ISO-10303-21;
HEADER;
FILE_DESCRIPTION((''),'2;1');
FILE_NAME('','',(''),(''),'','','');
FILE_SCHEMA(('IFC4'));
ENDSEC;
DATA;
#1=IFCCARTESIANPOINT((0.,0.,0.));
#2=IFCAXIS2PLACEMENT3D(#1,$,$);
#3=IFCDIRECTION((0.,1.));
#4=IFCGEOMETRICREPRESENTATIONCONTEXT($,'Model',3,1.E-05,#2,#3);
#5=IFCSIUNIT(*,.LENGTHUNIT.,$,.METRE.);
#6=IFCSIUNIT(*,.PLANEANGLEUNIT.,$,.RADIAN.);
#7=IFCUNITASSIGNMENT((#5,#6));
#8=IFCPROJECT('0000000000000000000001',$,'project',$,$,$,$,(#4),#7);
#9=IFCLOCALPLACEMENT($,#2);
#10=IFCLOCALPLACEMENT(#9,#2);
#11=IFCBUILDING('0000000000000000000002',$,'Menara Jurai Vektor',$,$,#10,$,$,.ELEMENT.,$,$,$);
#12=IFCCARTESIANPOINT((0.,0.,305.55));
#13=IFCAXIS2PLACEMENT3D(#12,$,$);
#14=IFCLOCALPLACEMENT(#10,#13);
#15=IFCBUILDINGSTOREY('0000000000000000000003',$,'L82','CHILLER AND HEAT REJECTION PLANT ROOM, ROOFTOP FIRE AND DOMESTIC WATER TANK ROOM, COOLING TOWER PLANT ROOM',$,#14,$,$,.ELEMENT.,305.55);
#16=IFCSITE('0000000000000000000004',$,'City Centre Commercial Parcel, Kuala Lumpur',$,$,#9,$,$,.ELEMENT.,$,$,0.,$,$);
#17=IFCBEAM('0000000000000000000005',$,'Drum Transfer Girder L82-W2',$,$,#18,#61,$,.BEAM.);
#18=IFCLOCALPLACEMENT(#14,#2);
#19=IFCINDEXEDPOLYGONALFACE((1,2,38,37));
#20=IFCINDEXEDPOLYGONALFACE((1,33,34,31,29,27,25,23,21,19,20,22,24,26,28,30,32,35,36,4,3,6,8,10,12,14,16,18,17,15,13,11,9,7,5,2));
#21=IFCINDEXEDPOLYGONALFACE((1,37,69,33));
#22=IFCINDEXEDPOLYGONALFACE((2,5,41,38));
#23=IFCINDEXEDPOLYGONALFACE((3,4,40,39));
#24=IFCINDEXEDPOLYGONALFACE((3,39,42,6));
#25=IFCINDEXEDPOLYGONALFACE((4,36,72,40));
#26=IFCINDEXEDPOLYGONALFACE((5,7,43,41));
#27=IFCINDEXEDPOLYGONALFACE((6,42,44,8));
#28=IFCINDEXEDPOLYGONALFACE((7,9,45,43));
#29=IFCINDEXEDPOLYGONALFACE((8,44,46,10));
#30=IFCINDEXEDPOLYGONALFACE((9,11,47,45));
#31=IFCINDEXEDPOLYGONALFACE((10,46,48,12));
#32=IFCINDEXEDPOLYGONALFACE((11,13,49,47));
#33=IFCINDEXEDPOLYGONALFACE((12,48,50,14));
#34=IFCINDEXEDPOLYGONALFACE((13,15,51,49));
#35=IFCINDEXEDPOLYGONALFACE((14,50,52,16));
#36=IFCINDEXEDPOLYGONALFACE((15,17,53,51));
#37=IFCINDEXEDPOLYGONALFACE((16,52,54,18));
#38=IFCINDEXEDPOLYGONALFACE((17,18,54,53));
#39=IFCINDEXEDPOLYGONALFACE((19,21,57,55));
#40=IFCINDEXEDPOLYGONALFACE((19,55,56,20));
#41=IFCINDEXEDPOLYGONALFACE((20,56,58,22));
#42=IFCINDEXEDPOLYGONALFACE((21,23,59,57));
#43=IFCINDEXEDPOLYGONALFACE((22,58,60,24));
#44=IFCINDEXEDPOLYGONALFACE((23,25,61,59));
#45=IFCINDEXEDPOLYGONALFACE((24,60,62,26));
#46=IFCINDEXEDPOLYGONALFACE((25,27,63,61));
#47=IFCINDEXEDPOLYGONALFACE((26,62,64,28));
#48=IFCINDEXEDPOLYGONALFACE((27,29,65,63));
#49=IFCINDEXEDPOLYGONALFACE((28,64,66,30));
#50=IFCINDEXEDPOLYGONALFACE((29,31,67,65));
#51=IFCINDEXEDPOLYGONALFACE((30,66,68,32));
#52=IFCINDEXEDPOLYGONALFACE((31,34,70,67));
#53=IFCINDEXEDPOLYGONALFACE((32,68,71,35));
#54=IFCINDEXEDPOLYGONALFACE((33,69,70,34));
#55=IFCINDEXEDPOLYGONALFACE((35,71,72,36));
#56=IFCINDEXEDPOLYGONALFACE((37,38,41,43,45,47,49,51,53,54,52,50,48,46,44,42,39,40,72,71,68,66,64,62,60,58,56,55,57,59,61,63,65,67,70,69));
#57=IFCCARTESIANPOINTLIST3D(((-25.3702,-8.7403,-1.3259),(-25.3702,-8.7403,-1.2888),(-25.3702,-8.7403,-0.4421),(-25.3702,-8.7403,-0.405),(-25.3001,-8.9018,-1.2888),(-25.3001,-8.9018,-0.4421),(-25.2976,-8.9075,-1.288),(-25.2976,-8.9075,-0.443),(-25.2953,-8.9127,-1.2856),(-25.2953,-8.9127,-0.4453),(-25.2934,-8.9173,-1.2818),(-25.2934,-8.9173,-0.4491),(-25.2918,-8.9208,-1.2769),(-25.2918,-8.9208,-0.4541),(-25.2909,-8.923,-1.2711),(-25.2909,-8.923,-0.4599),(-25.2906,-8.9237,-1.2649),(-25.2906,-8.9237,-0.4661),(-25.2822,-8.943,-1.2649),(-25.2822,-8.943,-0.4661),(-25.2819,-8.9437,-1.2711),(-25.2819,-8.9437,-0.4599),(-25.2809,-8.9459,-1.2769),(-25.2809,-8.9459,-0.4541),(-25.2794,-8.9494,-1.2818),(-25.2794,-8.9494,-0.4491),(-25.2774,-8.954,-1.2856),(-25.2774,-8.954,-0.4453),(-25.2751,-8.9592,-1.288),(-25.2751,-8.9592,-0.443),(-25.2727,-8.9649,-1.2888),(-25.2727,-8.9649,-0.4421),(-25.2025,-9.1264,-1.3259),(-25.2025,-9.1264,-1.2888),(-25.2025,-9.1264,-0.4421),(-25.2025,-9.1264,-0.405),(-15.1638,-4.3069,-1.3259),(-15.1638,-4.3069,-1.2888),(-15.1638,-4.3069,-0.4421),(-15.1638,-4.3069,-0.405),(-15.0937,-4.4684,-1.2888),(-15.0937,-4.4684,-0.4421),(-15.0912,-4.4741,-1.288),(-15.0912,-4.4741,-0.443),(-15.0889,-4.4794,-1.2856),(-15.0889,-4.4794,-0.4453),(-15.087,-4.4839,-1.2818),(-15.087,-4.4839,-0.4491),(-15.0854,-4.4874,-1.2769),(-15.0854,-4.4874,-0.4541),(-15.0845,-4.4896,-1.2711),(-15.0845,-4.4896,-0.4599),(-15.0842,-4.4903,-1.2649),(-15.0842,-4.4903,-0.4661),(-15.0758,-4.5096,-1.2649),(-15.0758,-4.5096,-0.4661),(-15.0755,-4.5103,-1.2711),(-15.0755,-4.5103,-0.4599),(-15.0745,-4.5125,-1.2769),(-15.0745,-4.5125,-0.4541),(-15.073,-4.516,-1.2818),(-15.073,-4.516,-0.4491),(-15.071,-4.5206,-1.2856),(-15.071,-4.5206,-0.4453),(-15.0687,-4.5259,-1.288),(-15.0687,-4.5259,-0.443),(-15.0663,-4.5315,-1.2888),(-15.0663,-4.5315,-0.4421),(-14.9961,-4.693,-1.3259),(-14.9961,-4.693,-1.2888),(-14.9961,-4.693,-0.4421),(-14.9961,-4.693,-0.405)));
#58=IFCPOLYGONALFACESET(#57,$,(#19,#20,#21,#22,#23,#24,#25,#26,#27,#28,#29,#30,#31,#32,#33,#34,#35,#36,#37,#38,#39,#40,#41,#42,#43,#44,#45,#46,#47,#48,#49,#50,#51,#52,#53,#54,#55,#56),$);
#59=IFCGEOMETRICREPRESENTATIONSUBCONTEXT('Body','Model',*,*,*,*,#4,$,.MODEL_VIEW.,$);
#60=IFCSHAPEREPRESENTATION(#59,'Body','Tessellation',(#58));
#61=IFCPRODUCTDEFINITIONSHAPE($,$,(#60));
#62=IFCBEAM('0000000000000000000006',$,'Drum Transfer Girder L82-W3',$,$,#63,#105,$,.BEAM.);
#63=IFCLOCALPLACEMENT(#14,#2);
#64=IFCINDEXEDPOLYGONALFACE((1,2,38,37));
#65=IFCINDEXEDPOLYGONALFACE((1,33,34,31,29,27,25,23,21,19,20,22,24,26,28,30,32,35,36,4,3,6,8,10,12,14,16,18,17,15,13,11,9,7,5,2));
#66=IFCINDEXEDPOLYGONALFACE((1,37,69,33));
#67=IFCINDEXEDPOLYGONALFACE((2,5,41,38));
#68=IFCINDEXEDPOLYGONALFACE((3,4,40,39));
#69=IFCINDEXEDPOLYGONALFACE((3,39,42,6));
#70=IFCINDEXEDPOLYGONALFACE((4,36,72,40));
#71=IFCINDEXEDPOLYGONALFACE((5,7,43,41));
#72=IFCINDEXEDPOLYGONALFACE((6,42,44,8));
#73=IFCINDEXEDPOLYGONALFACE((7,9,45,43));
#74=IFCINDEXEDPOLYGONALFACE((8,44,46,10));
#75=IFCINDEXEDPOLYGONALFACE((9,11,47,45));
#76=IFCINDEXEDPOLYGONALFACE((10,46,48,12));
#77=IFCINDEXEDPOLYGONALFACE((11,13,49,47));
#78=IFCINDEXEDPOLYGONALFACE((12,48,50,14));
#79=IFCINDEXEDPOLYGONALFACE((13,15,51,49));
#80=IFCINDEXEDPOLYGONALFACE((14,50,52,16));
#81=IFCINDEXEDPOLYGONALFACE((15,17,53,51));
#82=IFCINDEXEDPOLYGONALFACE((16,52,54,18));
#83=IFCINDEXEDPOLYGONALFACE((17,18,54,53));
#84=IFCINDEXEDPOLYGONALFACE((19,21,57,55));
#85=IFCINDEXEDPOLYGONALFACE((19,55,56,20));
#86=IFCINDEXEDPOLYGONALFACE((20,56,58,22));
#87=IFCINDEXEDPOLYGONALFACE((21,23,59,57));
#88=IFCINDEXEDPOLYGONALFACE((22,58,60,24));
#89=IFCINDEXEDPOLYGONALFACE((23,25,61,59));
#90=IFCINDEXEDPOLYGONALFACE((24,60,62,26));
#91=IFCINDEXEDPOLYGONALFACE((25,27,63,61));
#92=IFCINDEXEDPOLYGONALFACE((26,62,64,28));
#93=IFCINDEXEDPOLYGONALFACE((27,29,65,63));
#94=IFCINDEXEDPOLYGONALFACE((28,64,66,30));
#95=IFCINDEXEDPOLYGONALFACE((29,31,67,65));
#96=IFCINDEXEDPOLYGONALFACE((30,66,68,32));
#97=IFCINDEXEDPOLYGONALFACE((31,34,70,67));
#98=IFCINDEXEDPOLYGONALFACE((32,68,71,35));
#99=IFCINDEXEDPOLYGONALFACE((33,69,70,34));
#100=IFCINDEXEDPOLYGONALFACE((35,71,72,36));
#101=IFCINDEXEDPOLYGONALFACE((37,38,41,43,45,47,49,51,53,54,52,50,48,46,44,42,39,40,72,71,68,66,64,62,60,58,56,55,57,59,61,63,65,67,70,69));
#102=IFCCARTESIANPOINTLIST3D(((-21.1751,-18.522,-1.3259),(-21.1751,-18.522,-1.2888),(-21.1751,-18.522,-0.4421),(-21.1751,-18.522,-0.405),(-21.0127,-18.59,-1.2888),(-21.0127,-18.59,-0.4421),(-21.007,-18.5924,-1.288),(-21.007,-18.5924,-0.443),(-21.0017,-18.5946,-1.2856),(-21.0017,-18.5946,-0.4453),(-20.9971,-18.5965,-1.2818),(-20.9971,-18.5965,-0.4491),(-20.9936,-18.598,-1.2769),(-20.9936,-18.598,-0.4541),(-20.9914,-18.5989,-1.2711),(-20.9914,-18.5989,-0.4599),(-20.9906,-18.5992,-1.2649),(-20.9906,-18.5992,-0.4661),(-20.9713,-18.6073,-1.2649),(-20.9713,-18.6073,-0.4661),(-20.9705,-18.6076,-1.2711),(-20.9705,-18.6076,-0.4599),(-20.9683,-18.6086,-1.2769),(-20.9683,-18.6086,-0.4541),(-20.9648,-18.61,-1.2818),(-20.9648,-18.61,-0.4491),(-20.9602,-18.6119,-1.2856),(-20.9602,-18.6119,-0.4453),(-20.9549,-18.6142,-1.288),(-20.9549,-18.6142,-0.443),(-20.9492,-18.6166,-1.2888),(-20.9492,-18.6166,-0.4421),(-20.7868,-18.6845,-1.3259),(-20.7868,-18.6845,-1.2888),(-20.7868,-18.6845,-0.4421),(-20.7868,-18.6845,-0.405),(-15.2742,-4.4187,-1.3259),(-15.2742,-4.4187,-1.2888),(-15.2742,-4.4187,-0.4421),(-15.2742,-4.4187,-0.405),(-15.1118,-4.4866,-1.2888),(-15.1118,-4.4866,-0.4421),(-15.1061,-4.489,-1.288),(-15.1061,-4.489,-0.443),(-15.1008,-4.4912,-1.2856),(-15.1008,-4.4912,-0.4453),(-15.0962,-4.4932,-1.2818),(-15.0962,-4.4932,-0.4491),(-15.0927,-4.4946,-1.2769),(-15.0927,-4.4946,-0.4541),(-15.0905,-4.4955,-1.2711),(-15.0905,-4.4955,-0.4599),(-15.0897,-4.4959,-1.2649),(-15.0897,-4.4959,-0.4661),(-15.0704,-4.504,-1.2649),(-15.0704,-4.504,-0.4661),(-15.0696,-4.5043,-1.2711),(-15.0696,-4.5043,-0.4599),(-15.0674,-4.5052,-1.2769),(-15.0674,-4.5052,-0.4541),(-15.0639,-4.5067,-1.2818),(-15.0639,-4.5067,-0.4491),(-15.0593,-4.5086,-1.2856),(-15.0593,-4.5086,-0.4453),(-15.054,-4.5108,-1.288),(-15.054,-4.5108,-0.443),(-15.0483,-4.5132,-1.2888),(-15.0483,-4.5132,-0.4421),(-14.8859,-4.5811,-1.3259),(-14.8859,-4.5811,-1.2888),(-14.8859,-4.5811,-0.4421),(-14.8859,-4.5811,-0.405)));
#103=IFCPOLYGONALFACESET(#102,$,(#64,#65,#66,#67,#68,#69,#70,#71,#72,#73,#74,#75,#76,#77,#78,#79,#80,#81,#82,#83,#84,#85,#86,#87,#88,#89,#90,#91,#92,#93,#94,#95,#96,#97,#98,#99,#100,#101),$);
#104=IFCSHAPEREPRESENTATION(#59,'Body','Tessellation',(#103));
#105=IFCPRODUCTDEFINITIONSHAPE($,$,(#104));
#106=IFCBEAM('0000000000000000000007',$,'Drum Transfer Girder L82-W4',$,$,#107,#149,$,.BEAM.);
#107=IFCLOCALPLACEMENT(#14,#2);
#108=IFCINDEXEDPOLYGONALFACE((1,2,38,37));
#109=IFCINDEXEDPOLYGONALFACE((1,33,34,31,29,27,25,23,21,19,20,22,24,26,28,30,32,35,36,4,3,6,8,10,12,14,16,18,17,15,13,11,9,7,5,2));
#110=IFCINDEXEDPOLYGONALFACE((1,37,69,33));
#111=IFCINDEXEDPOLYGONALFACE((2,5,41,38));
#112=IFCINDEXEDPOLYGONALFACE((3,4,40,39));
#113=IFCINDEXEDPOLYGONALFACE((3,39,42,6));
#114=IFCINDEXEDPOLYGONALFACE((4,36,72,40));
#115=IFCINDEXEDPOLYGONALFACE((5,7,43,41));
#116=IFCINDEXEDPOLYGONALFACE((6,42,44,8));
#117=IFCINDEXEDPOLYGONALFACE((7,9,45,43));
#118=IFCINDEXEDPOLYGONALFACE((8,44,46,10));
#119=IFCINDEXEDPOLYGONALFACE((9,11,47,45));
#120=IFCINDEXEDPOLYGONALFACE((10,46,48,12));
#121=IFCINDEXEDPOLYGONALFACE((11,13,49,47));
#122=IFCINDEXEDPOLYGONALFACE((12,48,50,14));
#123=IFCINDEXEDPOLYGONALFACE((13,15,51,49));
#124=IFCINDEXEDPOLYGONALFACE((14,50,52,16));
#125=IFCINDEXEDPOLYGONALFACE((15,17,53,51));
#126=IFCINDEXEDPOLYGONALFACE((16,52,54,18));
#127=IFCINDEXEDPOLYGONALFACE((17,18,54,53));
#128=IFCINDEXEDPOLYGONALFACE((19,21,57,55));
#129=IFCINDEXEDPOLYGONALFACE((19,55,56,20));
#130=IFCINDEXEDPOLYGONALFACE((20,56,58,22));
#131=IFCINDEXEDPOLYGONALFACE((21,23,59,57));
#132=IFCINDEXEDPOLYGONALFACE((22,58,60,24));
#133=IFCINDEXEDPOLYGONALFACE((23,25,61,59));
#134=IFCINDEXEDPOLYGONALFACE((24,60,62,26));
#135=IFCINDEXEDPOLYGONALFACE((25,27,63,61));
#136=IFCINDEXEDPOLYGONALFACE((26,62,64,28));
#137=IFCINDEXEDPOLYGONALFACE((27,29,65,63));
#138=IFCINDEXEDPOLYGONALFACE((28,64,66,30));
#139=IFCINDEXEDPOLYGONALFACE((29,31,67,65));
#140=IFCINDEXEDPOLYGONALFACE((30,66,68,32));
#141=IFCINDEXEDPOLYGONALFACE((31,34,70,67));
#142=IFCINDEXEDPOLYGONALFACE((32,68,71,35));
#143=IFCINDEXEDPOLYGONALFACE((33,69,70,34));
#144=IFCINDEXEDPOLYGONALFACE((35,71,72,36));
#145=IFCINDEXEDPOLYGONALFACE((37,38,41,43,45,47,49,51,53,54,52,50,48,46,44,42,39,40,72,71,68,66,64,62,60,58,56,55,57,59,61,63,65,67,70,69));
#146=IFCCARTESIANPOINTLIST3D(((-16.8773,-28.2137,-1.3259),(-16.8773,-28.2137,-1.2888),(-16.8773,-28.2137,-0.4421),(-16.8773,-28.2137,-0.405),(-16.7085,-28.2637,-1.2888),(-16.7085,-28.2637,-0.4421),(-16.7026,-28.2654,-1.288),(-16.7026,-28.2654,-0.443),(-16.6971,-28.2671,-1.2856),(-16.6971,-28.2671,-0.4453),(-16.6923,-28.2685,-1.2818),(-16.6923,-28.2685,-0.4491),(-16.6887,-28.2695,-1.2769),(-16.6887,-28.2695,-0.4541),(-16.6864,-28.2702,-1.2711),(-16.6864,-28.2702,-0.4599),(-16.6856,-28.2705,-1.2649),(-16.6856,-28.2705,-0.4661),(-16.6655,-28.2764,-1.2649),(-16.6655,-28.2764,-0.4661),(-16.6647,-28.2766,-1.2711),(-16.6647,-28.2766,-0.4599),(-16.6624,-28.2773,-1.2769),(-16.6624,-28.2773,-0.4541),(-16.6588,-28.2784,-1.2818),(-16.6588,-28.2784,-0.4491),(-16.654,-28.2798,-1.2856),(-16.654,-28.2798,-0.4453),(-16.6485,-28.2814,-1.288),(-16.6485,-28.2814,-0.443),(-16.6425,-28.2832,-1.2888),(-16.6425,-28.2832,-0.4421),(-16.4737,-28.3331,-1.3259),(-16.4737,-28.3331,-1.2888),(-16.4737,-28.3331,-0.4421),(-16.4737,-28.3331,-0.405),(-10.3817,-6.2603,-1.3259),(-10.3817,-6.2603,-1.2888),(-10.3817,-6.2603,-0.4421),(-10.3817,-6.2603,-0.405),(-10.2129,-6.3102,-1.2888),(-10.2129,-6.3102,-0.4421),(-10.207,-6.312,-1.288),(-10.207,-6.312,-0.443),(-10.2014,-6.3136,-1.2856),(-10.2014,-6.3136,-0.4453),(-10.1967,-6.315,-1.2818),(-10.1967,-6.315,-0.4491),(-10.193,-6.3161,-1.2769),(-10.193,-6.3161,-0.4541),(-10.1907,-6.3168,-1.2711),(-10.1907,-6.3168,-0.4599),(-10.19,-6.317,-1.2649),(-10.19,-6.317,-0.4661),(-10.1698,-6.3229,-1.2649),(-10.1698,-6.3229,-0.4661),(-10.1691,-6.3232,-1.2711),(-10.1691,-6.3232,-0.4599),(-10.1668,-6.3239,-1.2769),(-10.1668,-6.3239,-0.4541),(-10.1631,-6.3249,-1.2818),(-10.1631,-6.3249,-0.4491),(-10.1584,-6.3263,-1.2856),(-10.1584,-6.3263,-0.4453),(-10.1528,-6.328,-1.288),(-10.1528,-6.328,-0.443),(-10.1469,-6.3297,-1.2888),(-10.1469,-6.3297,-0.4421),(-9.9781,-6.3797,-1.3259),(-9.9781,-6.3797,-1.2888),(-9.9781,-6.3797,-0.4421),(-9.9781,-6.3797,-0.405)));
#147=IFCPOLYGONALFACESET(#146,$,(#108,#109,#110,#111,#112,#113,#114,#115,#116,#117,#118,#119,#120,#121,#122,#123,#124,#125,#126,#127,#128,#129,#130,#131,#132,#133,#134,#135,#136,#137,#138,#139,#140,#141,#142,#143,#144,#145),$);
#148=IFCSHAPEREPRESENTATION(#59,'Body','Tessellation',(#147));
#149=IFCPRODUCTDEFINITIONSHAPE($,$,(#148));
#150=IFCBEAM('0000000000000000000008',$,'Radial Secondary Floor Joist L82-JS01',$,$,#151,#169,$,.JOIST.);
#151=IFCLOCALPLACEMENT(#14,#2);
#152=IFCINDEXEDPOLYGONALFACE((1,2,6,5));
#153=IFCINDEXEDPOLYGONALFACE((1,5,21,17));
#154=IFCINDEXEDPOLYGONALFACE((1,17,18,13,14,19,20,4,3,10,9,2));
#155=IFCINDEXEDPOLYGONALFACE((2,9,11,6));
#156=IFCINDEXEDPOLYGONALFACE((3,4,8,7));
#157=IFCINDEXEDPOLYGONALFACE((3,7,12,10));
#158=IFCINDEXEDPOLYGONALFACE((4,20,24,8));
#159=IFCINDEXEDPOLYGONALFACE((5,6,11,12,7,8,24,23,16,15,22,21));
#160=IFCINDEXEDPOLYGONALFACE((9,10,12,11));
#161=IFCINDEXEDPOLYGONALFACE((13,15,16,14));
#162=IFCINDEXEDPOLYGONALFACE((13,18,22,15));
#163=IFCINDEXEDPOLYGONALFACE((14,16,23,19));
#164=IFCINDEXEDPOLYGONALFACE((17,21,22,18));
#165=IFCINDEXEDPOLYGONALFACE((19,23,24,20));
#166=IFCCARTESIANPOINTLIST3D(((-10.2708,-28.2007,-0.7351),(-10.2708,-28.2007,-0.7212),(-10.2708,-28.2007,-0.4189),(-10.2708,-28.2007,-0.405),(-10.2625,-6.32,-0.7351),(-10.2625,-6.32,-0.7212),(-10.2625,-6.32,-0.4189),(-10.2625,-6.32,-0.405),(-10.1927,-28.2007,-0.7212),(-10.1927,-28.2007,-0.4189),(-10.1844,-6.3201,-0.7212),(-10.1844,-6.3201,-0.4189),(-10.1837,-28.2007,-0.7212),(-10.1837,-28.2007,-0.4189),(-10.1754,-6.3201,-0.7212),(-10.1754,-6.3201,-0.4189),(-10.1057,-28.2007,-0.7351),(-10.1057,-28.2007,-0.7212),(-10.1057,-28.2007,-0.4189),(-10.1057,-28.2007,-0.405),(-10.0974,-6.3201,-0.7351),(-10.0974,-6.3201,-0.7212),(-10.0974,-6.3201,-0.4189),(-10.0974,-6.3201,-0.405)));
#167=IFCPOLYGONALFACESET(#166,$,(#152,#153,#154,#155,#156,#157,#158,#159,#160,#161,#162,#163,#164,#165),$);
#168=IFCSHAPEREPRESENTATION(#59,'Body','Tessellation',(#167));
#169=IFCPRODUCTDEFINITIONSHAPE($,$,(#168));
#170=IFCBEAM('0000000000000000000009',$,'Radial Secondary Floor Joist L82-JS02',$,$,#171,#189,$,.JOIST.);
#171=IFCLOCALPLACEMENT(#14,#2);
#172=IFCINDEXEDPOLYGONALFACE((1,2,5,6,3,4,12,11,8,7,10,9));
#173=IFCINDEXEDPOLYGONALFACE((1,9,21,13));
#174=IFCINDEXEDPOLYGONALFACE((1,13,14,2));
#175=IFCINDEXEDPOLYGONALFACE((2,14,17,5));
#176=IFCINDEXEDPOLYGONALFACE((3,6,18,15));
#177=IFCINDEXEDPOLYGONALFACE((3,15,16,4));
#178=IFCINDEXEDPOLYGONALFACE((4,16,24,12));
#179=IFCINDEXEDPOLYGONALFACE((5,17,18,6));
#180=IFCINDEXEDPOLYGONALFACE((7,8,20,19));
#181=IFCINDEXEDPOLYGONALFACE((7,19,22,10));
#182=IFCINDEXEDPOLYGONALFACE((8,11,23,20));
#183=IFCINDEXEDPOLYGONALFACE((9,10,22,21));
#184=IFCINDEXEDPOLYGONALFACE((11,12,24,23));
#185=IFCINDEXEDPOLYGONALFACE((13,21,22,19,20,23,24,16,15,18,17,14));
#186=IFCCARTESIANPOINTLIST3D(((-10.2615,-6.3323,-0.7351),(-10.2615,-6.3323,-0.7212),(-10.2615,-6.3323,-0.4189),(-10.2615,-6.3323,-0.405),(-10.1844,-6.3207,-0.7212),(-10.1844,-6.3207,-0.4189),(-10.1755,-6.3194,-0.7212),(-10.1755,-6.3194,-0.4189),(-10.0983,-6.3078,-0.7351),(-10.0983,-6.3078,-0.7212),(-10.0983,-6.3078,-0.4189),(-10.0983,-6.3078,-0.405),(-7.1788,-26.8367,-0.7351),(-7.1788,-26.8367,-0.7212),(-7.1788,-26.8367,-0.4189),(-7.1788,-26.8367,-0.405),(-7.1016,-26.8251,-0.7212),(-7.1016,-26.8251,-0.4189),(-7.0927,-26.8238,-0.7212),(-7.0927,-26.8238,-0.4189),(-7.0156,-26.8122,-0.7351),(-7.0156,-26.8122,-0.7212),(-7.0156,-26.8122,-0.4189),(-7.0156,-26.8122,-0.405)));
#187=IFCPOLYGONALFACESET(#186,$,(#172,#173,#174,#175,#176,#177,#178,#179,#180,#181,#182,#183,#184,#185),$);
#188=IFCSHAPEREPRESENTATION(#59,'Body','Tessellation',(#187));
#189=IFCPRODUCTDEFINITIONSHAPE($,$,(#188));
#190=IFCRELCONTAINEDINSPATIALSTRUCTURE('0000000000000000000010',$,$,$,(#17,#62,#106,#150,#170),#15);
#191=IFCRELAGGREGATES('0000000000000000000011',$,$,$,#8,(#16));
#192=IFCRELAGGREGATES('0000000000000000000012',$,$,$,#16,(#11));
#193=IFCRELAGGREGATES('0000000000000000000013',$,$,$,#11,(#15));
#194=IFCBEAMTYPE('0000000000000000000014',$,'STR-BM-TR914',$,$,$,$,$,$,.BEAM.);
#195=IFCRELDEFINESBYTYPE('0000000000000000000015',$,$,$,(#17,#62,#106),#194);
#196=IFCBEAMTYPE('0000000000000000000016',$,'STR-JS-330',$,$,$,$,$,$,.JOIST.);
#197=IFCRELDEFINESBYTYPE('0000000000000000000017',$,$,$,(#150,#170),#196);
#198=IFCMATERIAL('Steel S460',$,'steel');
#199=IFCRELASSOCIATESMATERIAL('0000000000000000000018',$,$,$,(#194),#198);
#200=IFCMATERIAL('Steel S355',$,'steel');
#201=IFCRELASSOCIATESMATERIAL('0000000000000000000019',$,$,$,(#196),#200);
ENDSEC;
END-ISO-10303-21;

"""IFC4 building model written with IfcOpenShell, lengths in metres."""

from ifc_helpers import new_model, si_unit, direction, frame, origin, origin_2d, place, context, subcontext, project, spatial, i_section, extrude, material, material_profile, profile_set, type_object, element, save


model = new_model("IFC4")

# Units and contexts
model_context = context("Model", 3, precision=1e-05, world=origin(), true_north=direction((0.0, 1.0)))
body_context = subcontext(model_context, "Body", "Model", "MODEL_VIEW")
ifc_project = project(units=[si_unit("LENGTHUNIT", "METRE"), si_unit("PLANEANGLEUNIT", "RADIAN")], contexts=[model_context])

# Site, building, storey
site_placement = place(None, origin())
site = spatial("IfcSite", under=ifc_project, at=site_placement, Name="City Centre Commercial Parcel, Kuala Lumpur", CompositionType="ELEMENT", RefElevation=0.0)
building_placement = place(site_placement, origin())
building = spatial("IfcBuilding", under=site, at=building_placement, Name="Menara Jurai Vektor", CompositionType="ELEMENT")
storey_placement = place(building_placement, frame((0.0, 0.0, 305.55)))
storey = spatial("IfcBuildingStorey", under=building, at=storey_placement, Name="L82", Description="CHILLER AND HEAT REJECTION PLANT ROOM, ROOFTOP FIRE AND DOMESTIC WATER TANK ROOM, COOLING TOWER PLANT ROOM", CompositionType="ELEMENT", Elevation=305.55)

# Shared definitions
ifc_material_1 = material(Name="Steel S460", Category="steel")

# Beams
ifc_material_profile_1 = material_profile(ifc_material_1, i_section(OverallWidth=0.4209, OverallDepth=0.9209, WebThickness=0.021, FlangeThickness=0.0371, FilletRadius=0.0239, at=origin_2d()), Name="UKB 914x419x388")
ifc_profile_set_1 = profile_set([ifc_material_profile_1], Name="Steel S460")
beam_type_1 = type_object("IfcBeamType", Name="STR-BM-TR914", PredefinedType="BEAM", material=ifc_profile_set_1)
beam_1_placement = place(storey_placement, frame((-25.2864, -8.9333, -0.8655), z_axis=(0.917207, 0.398411, 0.0), x_axis=(-0.398411, 0.917207, 0.0)))
element("IfcBeam", 1, at=beam_1_placement, inside=storey, type_object=beam_type_1, Name="Drum Transfer Girder L82-W2", PredefinedType="BEAM", context=body_context, shape_type="SweptSolid", body=[
    extrude(i_section(OverallWidth=0.4209, OverallDepth=0.9209, WebThickness=0.021, FlangeThickness=0.0371, FilletRadius=0.0239, at=origin_2d()), origin(), (0.0, 0.0, 1.0), 11.1277),
])
beam_2_placement = place(storey_placement, frame((-20.981, -18.6033, -0.8655), z_axis=(0.385981, 0.922507, 0.0), x_axis=(-0.922507, 0.385981, 0.0)))
element("IfcBeam", 2, at=beam_2_placement, inside=storey, type_object=beam_type_1, Name="Drum Transfer Girder L82-W3", PredefinedType="BEAM", context=body_context, shape_type="SweptSolid", body=[
    extrude(i_section(OverallWidth=0.4209, OverallDepth=0.9209, WebThickness=0.021, FlangeThickness=0.0371, FilletRadius=0.0239, at=origin_2d()), origin(), (0.0, 0.0, 1.0), 15.2881),
])
beam_3_placement = place(storey_placement, frame((-16.6755, -28.2734, -0.8655), z_axis=(0.283723, 0.958906, 0.0), x_axis=(-0.958906, 0.283723, 0.0)))
element("IfcBeam", 3, at=beam_3_placement, inside=storey, type_object=beam_type_1, Name="Drum Transfer Girder L82-W4", PredefinedType="BEAM", context=body_context, shape_type="SweptSolid", body=[
    extrude(i_section(OverallWidth=0.4209, OverallDepth=0.9209, WebThickness=0.021, FlangeThickness=0.0371, FilletRadius=0.0239, at=origin_2d()), origin(), (0.0, 0.0, 1.0), 22.8943),
])
ifc_material_2 = material(Name="Steel S355", Category="steel")
ifc_material_profile_2 = material_profile(ifc_material_2, i_section(OverallWidth=0.165, OverallDepth=0.3301, WebThickness=0.009, FlangeThickness=0.0139, at=origin_2d()), Name="PG 330x165x46")
ifc_profile_set_2 = profile_set([ifc_material_profile_2], Name="Steel S355")
beam_type_2 = type_object("IfcBeamType", Name="STR-JS-330", PredefinedType="JOIST", material=ifc_profile_set_2)
beam_4_placement = place(storey_placement, frame((-10.1882, -28.2007, -0.5701), z_axis=(0.000379, 1.0, 0.0), x_axis=(-1.0, 0.000379, 0.0)))
element("IfcBeam", 4, at=beam_4_placement, inside=storey, type_object=beam_type_2, Name="Radial Secondary Floor Joist L82-JS01", PredefinedType="JOIST", context=body_context, shape_type="SweptSolid", body=[
    extrude(i_section(OverallWidth=0.165, OverallDepth=0.3301, WebThickness=0.009, FlangeThickness=0.0139, at=origin_2d()), origin(), (0.0, 0.0, 1.0), 21.8806),
])
beam_5_placement = place(storey_placement, frame((-7.0972, -26.8245, -0.5701), z_axis=(-0.148676, 0.988886, 0.0), x_axis=(-0.988886, -0.148676, 0.0)))
element("IfcBeam", 5, at=beam_5_placement, inside=storey, type_object=beam_type_2, Name="Radial Secondary Floor Joist L82-JS02", PredefinedType="JOIST", context=body_context, shape_type="SweptSolid", body=[
    extrude(i_section(OverallWidth=0.165, OverallDepth=0.3301, WebThickness=0.009, FlangeThickness=0.0139, at=origin_2d()), origin(), (0.0, 0.0, 1.0), 20.7349),
])

save(model, "model.ifc")
